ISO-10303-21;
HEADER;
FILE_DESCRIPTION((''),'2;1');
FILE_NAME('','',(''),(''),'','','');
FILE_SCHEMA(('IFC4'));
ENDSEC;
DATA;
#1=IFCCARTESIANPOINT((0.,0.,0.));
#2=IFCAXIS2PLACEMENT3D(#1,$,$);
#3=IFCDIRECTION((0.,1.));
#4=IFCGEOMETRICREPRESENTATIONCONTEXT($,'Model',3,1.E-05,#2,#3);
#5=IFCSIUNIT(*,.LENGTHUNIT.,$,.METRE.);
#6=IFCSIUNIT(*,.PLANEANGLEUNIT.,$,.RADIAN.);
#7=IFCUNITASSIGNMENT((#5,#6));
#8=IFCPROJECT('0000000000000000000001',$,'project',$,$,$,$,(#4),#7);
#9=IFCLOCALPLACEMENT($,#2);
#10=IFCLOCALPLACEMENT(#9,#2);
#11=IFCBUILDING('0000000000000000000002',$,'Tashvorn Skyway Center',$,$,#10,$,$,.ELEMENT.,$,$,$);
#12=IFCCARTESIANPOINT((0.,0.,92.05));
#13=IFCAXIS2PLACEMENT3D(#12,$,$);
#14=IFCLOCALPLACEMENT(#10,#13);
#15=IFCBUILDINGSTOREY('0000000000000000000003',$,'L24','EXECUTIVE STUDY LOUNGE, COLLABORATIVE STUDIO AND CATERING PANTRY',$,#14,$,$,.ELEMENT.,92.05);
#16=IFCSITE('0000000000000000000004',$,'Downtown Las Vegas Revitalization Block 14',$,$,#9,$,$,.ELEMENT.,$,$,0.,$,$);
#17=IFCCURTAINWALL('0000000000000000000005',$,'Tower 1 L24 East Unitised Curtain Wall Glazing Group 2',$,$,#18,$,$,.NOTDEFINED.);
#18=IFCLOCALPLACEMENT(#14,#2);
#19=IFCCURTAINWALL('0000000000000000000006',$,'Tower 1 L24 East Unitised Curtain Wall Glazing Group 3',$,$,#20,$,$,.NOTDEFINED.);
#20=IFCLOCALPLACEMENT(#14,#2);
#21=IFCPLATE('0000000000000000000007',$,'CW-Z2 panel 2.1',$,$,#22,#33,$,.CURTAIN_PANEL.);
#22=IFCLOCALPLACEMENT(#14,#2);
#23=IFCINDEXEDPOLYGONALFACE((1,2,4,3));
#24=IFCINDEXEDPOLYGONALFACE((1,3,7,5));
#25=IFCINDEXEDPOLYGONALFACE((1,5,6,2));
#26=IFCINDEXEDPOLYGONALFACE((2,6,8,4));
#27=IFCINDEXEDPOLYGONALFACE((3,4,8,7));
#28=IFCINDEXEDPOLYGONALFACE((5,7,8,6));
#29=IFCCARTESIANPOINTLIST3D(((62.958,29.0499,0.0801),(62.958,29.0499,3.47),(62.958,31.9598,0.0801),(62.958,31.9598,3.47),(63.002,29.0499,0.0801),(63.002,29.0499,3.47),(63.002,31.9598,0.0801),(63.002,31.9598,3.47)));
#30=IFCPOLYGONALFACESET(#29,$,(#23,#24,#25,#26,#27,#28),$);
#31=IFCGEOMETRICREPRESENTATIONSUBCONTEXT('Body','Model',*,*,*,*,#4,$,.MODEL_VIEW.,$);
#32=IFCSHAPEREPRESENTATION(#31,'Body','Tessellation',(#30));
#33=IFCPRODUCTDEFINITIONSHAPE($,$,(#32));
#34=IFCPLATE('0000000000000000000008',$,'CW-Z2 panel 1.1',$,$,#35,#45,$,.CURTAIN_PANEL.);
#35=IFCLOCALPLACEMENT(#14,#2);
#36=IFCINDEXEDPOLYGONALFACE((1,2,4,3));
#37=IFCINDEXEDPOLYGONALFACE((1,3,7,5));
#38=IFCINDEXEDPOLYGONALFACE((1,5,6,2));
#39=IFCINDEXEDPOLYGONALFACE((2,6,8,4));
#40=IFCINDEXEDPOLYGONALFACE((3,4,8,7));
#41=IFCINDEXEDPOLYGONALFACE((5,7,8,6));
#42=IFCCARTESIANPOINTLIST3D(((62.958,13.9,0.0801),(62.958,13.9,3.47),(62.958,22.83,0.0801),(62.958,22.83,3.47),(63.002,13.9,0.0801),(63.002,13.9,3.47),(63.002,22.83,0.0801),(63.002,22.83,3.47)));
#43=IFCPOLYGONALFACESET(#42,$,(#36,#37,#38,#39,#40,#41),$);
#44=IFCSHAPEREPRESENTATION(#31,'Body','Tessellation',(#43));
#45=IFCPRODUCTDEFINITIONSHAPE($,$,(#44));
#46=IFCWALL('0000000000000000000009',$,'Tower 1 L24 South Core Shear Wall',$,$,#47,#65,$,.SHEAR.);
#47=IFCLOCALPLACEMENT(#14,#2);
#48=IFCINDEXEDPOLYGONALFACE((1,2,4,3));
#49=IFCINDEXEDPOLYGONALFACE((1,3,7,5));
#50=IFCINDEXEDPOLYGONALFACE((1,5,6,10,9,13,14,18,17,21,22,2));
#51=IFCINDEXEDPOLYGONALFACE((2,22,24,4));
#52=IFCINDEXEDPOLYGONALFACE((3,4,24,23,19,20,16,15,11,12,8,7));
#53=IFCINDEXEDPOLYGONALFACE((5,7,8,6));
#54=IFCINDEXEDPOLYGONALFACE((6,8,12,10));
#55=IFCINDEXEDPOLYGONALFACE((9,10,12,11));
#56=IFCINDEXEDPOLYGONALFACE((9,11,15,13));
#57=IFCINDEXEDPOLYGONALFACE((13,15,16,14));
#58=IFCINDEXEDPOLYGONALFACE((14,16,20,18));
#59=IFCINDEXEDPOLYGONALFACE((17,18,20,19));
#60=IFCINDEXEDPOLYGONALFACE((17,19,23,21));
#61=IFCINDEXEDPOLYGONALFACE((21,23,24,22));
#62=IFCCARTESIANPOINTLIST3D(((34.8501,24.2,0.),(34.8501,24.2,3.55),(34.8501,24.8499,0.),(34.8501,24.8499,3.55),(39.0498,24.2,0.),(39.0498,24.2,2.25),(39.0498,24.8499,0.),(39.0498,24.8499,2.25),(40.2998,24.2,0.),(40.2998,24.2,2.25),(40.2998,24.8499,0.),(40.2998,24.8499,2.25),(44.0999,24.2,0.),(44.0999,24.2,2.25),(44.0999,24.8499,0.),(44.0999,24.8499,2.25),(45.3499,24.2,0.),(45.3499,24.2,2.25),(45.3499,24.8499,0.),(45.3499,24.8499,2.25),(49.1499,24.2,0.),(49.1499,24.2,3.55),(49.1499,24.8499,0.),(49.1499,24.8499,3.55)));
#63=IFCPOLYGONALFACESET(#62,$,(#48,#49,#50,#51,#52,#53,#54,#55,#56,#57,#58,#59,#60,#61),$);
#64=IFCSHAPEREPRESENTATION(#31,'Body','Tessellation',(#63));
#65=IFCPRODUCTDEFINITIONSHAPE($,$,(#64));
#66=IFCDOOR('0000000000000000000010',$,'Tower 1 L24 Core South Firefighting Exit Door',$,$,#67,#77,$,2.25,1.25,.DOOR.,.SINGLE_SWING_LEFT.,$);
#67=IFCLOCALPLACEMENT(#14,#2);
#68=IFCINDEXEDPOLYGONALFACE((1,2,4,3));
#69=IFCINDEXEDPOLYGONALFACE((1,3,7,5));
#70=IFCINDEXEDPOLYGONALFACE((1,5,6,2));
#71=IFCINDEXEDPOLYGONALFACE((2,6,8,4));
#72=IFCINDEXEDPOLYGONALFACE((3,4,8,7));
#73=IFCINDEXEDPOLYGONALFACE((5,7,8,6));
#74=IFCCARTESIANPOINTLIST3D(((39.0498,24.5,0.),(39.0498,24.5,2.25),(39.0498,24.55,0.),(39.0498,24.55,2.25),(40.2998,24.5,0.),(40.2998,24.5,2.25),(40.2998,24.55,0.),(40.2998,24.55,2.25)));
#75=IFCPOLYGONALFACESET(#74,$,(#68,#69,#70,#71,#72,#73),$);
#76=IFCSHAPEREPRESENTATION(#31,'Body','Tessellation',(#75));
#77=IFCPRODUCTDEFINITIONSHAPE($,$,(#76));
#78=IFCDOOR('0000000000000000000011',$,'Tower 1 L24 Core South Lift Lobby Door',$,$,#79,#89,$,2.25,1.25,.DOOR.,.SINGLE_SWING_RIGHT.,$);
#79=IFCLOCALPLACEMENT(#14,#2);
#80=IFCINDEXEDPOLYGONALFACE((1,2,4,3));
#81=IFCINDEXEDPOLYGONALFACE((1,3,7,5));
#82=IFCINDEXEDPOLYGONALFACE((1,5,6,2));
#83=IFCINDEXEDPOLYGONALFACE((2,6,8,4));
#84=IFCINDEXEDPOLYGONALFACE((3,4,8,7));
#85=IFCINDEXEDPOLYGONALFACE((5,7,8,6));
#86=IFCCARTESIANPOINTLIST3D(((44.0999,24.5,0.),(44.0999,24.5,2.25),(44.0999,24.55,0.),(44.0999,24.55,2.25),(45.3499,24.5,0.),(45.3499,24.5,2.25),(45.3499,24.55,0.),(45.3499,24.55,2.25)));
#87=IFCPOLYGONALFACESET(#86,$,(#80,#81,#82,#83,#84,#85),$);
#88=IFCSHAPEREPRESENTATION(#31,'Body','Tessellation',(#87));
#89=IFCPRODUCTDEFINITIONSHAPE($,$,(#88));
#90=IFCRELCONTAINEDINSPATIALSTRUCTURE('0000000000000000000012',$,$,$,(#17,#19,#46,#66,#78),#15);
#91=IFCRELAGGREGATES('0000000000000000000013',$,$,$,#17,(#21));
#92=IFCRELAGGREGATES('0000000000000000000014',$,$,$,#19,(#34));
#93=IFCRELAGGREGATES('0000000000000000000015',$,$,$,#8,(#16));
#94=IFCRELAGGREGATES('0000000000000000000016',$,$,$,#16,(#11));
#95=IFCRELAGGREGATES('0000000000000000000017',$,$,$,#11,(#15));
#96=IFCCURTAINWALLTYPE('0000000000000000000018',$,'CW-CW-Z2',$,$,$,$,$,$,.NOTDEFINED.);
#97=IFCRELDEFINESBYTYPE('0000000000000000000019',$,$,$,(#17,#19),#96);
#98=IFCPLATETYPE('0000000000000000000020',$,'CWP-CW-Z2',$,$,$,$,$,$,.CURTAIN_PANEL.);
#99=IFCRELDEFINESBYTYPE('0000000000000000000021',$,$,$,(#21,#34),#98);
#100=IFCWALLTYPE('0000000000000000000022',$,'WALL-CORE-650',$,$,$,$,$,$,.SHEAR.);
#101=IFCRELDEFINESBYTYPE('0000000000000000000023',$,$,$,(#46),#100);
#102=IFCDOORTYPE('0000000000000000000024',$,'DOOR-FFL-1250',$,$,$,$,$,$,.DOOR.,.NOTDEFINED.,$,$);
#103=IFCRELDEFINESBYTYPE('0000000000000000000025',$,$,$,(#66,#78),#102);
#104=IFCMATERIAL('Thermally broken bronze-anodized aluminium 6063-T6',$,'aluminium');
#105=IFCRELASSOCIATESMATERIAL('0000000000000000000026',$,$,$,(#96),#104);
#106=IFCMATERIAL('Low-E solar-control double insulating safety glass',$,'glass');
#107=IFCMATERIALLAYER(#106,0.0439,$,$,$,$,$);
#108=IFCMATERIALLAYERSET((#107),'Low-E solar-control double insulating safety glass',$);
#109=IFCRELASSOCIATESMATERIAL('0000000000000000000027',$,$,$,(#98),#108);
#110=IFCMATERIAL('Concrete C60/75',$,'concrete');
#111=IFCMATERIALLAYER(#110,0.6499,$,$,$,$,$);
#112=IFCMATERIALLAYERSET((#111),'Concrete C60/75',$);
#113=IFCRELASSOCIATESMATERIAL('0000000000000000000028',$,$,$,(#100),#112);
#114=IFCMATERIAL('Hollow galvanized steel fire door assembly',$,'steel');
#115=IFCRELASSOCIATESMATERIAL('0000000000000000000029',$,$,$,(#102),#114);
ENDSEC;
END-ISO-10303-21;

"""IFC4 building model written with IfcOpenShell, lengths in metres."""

from ifc_helpers import new_model, si_unit, direction, frame, frame_2d, origin, origin_2d, place, context, subcontext, project, spatial, rectangle, extrude, material, layer, layer_set, type_object, element, fill, aggregate, save


model = new_model("IFC4")

# Units and contexts
model_context = context("Model", 3, precision=1e-05, world=origin(), true_north=direction((0.0, 1.0)))
body_context = subcontext(model_context, "Body", "Model", "MODEL_VIEW")
ifc_project = project(units=[si_unit("LENGTHUNIT", "METRE"), si_unit("PLANEANGLEUNIT", "RADIAN")], contexts=[model_context])

# Site, building, storey
site_placement = place(None, origin())
site = spatial("IfcSite", under=ifc_project, at=site_placement, Name="Downtown Las Vegas Revitalization Block 14", CompositionType="ELEMENT", RefElevation=0.0)
building_placement = place(site_placement, origin())
building = spatial("IfcBuilding", under=site, at=building_placement, Name="Tashvorn Skyway Center", CompositionType="ELEMENT")
storey_placement = place(building_placement, frame((0.0, 0.0, 92.05)))
storey = spatial("IfcBuildingStorey", under=building, at=storey_placement, Name="L24", Description="EXECUTIVE STUDY LOUNGE, COLLABORATIVE STUDIO AND CATERING PANTRY", CompositionType="ELEMENT", Elevation=92.05)

# Curtain wall
ifc_material_1 = material(Name="Thermally broken bronze-anodized aluminium 6063-T6", Category="aluminium")
curtain_wall_type = type_object("IfcCurtainWallType", Name="CW-CW-Z2", PredefinedType="NOTDEFINED", material=ifc_material_1)
curtain_wall_1_placement = place(storey_placement, origin())
curtain_wall_1 = element("IfcCurtainWall", 1, at=curtain_wall_1_placement, inside=storey, type_object=curtain_wall_type, Name="Tower 1 L24 East Unitised Curtain Wall Glazing Group 2", PredefinedType="NOTDEFINED")

# Curtain wall
curtain_wall_2_placement = place(storey_placement, origin())
curtain_wall_2 = element("IfcCurtainWall", 2, at=curtain_wall_2_placement, inside=storey, type_object=curtain_wall_type, Name="Tower 1 L24 East Unitised Curtain Wall Glazing Group 3", PredefinedType="NOTDEFINED")

# Plates
ifc_material_2 = material(Name="Low-E solar-control double insulating safety glass", Category="glass")
ifc_layer_1 = layer(ifc_material_2, 0.0439)
ifc_layer_set_1 = layer_set([ifc_layer_1], Name="Low-E solar-control double insulating safety glass")
plate_type = type_object("IfcPlateType", Name="CWP-CW-Z2", PredefinedType="CURTAIN_PANEL", material=ifc_layer_set_1)
plate_1_placement = place(storey_placement, frame((62.98, 30.5049, 0.0801), z_axis=(0.0, 0.0, 1.0), x_axis=(0.0, -1.0, 0.0)))
plate_1 = element("IfcPlate", 3, at=plate_1_placement, type_object=plate_type, Name="CW-Z2 panel 2.1", PredefinedType="CURTAIN_PANEL", context=body_context, shape_type="SweptSolid", body=[
    extrude(rectangle(XDim=2.9099, YDim=0.0439, at=origin_2d()), origin(), (0.0, 0.0, 1.0), 3.3899),
])
aggregate(curtain_wall_1, [plate_1])
plate_2_placement = place(storey_placement, frame((62.98, 18.365, 0.0801), z_axis=(0.0, 0.0, 1.0), x_axis=(0.0, -1.0, 0.0)))
plate_2 = element("IfcPlate", 4, at=plate_2_placement, type_object=plate_type, Name="CW-Z2 panel 1.1", PredefinedType="CURTAIN_PANEL", context=body_context, shape_type="SweptSolid", body=[
    extrude(rectangle(XDim=8.9299, YDim=0.0439, at=origin_2d()), origin(), (0.0, 0.0, 1.0), 3.3899),
])
aggregate(curtain_wall_2, [plate_2])

# Wall, openings, doors
ifc_material_3 = material(Name="Concrete C60/75", Category="concrete")
ifc_layer_2 = layer(ifc_material_3, 0.6499)
ifc_layer_set_2 = layer_set([ifc_layer_2], Name="Concrete C60/75")
wall_type_1 = type_object("IfcWallType", Name="WALL-CORE-650", PredefinedType="SHEAR", material=ifc_layer_set_2)
wall_1_placement = place(storey_placement, frame((49.1499, 24.5249, 0.0), z_axis=(0.0, 0.0, 1.0), x_axis=(-1.0, 0.0, 0.0)))
wall_1 = element("IfcWall", 5, at=wall_1_placement, inside=storey, type_object=wall_type_1, Name="Tower 1 L24 South Core Shear Wall", PredefinedType="SHEAR", context=body_context, shape_type="SweptSolid", body=[
    extrude(rectangle(XDim=14.2998, YDim=0.6499, at=frame_2d((7.1499, 0.0))), origin(), (0.0, 0.0, 1.0), 3.55),
])
opening_1_placement = place(wall_1_placement, frame((8.8501, 0.0, 0.0)))
opening_1 = element("IfcOpeningElement", 6, at=opening_1_placement, cuts=wall_1, PredefinedType="OPENING", context=body_context, shape_type="SweptSolid", body=[
    extrude(rectangle(XDim=1.25, YDim=2.25, at=frame_2d((0.625, 1.125))), frame((0.0, 0.335, 0.0), z_axis=(0.0, -1.0, 0.0), x_axis=(1.0, 0.0, 0.0)), (0.0, 0.0, 1.0), 0.6699),
])
opening_2_placement = place(wall_1_placement, frame((3.8, 0.0, 0.0)))
opening_2 = element("IfcOpeningElement", 7, at=opening_2_placement, cuts=wall_1, PredefinedType="OPENING", context=body_context, shape_type="SweptSolid", body=[
    extrude(rectangle(XDim=1.25, YDim=2.25, at=frame_2d((0.625, 1.125))), frame((0.0, 0.335, 0.0), z_axis=(0.0, -1.0, 0.0), x_axis=(1.0, 0.0, 0.0)), (0.0, 0.0, 1.0), 0.6699),
])
ifc_material_4 = material(Name="Hollow galvanized steel fire door assembly", Category="steel")
door_type_1 = type_object("IfcDoorType", Name="DOOR-FFL-1250", OperationType="NOTDEFINED", PredefinedType="DOOR", material=ifc_material_4)
door_1_placement = place(opening_1_placement, origin())
door_1 = element("IfcDoor", 8, at=door_1_placement, inside=storey, type_object=door_type_1, Name="Tower 1 L24 Core South Firefighting Exit Door", OperationType="SINGLE_SWING_LEFT", OverallHeight=2.25, OverallWidth=1.25, PredefinedType="DOOR", context=body_context, shape_type="SweptSolid", body=[
    extrude(rectangle(XDim=1.25, YDim=2.25, at=frame_2d((0.625, 1.125))), frame((0.0, 0.0249, 0.0), z_axis=(0.0, -1.0, 0.0), x_axis=(1.0, 0.0, 0.0)), (0.0, 0.0, 1.0), 0.05),
])
fill(opening_1, door_1)
door_2_placement = place(opening_2_placement, origin())
door_2 = element("IfcDoor", 9, at=door_2_placement, inside=storey, type_object=door_type_1, Name="Tower 1 L24 Core South Lift Lobby Door", OperationType="SINGLE_SWING_RIGHT", OverallHeight=2.25, OverallWidth=1.25, PredefinedType="DOOR", context=body_context, shape_type="SweptSolid", body=[
    extrude(rectangle(XDim=1.25, YDim=2.25, at=frame_2d((0.625, 1.125))), frame((0.0, 0.0249, 0.0), z_axis=(0.0, -1.0, 0.0), x_axis=(1.0, 0.0, 0.0)), (0.0, 0.0, 1.0), 0.05),
])
fill(opening_2, door_2)

save(model, "model.ifc")
